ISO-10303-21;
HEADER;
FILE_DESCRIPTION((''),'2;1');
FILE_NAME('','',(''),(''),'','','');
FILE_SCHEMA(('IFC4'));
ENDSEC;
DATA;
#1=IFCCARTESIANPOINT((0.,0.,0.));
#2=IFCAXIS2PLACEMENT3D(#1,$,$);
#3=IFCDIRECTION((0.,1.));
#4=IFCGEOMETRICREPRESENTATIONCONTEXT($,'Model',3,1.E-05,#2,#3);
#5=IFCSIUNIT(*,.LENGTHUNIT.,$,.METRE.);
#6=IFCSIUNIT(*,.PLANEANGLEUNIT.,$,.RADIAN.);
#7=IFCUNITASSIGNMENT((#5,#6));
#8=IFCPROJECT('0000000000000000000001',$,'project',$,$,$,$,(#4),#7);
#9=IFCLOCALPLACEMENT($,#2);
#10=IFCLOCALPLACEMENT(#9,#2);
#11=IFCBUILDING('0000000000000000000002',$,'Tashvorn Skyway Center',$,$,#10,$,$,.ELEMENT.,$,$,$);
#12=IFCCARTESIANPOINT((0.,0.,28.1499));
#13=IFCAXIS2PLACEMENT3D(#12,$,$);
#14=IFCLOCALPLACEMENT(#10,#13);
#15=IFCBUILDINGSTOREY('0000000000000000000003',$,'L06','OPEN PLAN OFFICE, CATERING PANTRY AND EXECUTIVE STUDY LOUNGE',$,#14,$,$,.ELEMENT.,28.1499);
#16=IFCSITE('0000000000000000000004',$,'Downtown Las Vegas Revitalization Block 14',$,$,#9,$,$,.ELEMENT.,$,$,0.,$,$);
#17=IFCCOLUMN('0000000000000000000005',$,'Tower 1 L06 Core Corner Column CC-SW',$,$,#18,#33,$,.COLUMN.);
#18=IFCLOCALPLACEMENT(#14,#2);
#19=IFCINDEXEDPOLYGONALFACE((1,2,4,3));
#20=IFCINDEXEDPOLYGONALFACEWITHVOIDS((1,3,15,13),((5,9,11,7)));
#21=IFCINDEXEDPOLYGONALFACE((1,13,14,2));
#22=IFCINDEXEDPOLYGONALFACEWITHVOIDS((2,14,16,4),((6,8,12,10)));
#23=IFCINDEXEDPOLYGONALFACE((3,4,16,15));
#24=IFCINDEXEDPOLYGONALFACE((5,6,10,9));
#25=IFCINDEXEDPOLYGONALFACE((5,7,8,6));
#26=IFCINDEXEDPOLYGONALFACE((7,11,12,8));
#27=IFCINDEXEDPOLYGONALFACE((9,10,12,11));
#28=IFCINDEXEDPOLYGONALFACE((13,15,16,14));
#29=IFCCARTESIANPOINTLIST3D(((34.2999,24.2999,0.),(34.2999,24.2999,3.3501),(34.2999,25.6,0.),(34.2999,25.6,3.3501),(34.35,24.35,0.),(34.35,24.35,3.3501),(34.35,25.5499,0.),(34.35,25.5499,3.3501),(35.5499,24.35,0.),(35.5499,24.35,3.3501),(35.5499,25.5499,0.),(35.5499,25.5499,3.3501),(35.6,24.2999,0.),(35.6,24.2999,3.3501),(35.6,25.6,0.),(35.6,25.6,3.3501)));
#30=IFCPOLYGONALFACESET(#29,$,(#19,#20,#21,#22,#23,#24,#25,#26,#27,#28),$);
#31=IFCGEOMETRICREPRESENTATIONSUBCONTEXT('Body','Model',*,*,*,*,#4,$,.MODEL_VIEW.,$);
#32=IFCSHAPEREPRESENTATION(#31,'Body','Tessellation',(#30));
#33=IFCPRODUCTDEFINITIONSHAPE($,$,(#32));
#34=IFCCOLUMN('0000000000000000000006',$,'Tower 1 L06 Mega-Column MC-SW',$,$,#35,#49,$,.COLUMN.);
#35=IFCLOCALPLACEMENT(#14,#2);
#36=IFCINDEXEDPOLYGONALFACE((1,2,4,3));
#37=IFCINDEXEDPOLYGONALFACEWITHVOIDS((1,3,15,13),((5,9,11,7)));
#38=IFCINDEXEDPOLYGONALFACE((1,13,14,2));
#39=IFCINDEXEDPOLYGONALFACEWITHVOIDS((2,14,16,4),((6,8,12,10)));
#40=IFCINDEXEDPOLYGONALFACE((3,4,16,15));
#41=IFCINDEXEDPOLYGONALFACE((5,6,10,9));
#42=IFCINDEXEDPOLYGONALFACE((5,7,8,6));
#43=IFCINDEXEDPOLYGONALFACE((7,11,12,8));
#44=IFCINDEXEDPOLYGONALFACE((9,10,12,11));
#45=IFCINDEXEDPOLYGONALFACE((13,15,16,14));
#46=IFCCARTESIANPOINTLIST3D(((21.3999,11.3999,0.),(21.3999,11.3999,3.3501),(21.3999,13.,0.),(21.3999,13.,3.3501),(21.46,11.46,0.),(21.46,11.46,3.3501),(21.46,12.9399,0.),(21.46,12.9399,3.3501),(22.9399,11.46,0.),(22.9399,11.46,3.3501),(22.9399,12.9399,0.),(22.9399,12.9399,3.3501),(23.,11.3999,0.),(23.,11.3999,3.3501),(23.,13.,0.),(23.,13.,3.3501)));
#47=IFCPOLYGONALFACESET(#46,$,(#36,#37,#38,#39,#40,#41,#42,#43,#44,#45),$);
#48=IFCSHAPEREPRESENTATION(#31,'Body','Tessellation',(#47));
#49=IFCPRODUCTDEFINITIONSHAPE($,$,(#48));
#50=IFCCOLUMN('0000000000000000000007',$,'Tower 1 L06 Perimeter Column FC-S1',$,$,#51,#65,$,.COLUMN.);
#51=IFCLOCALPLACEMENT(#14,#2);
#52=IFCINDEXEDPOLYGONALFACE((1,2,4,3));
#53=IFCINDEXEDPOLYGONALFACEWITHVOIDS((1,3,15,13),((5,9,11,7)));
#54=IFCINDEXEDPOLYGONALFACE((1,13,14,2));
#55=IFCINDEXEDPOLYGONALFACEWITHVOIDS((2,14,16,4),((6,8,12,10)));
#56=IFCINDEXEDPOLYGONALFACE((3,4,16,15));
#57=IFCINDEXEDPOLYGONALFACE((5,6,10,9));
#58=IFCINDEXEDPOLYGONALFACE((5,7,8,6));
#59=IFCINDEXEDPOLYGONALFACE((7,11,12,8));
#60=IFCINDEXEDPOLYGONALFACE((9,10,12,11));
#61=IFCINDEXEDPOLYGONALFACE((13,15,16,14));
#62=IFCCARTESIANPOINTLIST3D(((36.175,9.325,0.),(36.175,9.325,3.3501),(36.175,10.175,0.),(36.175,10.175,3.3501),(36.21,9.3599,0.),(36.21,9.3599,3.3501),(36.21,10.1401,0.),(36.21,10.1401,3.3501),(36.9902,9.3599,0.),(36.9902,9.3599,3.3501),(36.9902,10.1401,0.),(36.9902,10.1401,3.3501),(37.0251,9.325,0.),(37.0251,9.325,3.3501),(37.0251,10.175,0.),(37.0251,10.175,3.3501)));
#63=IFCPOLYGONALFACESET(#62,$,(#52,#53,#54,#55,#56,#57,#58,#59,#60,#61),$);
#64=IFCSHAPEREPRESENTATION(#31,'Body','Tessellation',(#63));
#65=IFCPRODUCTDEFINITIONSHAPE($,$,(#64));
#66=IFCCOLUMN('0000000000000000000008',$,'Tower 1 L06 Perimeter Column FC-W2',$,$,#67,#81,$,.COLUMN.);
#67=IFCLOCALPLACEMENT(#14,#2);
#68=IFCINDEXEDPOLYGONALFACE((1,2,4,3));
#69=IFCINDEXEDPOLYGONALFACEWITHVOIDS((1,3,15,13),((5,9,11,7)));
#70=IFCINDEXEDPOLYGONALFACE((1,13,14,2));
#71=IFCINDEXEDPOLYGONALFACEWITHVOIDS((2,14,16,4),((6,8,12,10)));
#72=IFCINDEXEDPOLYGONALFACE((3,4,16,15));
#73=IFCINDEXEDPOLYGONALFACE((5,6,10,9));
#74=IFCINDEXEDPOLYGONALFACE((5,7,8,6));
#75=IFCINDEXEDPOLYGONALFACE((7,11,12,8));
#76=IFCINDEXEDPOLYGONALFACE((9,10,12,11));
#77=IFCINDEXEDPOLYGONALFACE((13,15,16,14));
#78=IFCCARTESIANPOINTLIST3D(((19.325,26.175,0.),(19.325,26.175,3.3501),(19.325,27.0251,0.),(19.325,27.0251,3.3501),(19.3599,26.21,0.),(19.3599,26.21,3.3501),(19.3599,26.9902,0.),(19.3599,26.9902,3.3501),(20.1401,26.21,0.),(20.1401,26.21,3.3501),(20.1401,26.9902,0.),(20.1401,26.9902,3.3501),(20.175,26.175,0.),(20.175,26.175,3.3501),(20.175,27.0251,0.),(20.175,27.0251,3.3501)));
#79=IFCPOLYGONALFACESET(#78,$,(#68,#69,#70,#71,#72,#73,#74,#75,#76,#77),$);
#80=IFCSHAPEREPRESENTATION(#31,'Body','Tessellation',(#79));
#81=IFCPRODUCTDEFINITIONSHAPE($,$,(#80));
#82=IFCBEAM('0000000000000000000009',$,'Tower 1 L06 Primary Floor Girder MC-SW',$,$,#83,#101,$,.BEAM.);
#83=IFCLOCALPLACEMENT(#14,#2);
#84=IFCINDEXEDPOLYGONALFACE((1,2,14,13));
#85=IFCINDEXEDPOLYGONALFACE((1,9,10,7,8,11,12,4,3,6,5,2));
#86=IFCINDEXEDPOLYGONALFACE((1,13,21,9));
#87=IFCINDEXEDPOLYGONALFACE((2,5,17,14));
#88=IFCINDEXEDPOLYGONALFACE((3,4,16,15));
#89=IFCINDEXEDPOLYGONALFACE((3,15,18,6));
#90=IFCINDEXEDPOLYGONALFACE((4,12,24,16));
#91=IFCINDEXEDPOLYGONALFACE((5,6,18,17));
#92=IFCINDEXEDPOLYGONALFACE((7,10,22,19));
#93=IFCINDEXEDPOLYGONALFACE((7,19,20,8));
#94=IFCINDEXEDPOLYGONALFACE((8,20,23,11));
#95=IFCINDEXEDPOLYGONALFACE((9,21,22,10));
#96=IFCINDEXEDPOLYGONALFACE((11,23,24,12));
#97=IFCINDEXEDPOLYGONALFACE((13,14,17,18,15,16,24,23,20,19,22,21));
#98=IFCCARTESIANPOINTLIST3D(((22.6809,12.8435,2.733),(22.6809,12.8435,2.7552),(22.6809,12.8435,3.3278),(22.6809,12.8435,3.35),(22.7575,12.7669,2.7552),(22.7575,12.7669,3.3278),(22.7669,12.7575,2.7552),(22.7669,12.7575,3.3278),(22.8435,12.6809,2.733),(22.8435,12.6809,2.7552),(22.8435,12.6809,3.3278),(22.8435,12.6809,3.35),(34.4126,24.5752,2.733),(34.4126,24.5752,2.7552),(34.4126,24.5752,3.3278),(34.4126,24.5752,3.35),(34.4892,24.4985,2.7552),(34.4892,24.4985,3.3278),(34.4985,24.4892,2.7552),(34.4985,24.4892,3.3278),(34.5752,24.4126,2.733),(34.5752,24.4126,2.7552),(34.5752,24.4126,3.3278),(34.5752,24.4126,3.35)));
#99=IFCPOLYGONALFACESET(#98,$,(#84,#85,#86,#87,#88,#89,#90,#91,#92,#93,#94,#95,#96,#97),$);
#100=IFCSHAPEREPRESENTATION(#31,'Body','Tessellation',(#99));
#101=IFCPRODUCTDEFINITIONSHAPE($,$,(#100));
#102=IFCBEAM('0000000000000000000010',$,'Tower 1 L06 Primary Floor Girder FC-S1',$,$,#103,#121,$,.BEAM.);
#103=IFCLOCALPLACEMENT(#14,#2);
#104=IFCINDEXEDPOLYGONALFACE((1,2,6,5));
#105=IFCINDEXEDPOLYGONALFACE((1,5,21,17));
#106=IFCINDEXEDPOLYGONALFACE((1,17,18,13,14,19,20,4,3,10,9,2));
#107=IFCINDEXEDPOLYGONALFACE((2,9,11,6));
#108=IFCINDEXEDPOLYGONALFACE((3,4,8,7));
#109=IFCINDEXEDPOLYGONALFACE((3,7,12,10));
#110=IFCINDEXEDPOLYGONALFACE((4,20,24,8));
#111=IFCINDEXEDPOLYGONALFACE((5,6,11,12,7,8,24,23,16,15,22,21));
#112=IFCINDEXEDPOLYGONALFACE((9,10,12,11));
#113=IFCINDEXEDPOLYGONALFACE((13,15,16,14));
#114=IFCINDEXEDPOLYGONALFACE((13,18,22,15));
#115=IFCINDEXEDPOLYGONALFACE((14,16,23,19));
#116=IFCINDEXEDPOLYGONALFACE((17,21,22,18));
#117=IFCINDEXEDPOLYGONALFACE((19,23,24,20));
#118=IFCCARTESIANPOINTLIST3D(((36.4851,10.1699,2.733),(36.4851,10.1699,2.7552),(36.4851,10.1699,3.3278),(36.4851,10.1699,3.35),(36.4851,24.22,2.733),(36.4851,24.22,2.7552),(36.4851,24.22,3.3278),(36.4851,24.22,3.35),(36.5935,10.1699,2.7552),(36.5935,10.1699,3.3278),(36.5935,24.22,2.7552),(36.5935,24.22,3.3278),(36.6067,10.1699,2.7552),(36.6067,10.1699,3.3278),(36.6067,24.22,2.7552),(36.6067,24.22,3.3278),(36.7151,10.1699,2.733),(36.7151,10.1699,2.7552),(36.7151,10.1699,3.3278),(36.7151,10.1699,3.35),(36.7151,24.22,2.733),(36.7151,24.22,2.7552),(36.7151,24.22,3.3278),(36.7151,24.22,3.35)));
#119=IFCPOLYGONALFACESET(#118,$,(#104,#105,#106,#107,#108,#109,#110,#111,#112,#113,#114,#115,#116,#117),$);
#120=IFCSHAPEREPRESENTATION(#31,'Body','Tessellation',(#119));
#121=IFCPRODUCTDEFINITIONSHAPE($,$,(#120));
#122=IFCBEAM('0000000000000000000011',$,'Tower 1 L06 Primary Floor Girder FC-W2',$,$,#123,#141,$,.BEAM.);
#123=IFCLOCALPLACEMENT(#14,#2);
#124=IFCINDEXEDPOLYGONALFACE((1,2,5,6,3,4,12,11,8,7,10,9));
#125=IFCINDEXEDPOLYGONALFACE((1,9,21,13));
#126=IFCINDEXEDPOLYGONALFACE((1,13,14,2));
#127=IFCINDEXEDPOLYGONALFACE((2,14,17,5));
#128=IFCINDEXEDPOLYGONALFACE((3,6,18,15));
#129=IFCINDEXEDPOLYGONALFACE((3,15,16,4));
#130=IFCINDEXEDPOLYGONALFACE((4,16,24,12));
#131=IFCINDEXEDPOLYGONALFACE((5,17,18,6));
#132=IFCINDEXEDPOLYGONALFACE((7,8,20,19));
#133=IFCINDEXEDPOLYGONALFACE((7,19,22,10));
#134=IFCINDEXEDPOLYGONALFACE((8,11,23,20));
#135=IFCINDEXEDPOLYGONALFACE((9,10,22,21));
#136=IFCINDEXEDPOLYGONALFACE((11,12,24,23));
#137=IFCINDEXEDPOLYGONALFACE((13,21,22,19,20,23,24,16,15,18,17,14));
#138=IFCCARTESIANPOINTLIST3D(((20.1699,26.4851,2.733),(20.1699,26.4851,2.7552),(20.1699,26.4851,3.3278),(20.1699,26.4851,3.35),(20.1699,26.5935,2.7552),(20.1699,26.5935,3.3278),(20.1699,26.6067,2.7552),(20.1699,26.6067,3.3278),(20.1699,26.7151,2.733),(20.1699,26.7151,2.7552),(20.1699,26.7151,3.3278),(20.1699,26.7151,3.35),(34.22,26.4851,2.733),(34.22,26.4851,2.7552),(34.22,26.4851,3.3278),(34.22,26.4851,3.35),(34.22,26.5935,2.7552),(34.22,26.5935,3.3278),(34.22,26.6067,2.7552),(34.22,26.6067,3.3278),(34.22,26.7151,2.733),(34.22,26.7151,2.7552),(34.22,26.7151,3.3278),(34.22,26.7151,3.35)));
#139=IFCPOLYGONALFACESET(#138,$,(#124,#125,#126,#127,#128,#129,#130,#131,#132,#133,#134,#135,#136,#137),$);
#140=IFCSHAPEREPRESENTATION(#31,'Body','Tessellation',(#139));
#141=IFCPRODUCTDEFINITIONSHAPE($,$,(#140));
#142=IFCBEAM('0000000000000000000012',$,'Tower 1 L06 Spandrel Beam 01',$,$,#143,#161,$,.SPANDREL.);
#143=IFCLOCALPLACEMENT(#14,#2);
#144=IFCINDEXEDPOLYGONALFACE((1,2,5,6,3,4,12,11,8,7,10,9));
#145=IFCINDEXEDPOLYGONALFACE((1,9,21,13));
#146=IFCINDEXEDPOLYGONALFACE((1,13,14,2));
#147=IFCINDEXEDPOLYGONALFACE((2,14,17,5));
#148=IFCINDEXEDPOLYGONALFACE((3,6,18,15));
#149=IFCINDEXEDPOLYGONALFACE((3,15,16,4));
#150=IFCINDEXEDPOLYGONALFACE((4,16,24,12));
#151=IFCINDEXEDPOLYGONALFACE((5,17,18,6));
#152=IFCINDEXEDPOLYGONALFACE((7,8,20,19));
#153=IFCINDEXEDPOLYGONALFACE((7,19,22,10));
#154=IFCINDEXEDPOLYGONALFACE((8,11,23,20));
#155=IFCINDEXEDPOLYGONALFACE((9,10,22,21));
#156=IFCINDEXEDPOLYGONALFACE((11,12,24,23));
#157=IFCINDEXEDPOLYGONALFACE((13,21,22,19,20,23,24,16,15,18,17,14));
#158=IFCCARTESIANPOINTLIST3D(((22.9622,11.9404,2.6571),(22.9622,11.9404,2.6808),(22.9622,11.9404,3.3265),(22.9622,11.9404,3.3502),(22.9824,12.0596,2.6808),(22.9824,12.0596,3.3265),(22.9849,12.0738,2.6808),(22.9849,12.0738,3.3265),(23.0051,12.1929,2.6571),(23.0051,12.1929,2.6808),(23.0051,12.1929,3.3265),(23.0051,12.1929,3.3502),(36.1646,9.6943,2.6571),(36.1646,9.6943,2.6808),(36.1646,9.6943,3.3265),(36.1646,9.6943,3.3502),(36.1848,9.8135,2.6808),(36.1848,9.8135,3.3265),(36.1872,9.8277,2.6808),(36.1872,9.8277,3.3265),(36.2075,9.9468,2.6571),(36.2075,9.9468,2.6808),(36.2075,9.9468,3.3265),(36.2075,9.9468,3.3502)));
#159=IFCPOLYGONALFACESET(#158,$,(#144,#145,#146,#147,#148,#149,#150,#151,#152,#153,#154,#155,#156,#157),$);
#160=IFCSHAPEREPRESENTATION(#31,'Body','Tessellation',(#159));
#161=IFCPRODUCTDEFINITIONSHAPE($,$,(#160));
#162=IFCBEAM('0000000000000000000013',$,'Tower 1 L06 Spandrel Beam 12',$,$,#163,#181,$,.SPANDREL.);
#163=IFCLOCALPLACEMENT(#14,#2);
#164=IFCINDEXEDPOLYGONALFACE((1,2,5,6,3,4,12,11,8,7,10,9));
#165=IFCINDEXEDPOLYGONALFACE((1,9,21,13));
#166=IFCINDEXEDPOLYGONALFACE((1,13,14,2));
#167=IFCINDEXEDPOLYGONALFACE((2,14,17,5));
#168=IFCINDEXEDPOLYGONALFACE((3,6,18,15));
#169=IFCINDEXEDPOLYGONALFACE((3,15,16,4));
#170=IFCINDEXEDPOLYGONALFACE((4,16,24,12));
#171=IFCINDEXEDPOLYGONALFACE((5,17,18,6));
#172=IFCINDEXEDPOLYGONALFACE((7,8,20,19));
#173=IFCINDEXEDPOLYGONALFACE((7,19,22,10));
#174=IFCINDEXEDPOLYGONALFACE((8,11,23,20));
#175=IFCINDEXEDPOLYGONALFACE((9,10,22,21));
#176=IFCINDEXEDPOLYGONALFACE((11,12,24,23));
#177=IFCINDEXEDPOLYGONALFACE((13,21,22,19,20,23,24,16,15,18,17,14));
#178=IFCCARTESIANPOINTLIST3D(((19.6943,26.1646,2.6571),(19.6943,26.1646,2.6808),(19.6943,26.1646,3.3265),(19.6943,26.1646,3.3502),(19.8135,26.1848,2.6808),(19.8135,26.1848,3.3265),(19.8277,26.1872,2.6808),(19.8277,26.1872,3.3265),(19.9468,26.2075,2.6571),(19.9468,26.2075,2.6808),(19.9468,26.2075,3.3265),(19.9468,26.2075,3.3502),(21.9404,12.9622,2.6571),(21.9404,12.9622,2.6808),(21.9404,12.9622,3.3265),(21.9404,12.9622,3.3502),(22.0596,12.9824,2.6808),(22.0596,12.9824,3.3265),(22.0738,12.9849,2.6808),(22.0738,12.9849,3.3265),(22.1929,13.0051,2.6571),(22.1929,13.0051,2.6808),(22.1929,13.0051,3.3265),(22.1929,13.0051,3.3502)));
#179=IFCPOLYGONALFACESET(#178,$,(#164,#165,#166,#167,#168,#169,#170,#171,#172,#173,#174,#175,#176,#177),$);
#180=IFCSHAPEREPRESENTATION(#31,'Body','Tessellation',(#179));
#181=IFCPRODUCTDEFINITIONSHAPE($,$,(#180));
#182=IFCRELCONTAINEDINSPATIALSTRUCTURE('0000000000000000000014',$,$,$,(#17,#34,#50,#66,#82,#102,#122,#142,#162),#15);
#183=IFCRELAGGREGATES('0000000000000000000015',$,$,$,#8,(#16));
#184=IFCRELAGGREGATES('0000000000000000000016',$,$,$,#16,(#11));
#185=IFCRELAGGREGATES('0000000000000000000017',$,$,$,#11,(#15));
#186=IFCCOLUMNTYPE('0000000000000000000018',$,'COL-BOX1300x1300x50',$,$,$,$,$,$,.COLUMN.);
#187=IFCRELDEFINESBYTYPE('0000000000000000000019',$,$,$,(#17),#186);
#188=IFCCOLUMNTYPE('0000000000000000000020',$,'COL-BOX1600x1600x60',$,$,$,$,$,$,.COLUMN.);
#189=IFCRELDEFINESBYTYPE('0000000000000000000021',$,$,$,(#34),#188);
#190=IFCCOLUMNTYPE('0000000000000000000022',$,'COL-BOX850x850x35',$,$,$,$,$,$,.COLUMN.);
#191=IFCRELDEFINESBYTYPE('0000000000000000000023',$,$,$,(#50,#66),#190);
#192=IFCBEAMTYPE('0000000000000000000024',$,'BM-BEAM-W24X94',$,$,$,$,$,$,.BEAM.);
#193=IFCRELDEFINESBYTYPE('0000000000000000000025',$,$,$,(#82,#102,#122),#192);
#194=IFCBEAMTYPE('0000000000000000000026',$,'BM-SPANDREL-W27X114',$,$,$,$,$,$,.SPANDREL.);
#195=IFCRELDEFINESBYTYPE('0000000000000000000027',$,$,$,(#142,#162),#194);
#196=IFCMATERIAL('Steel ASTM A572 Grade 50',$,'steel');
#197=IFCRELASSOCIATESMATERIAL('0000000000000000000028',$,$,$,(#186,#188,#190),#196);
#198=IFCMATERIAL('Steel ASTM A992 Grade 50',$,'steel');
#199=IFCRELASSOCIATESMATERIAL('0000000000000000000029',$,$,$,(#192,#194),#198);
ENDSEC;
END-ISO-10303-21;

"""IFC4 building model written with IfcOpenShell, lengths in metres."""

from ifc_helpers import new_model, si_unit, direction, frame, origin, origin_2d, place, context, subcontext, project, spatial, hollow_rectangle, i_section, extrude, material, material_profile, profile_set, type_object, element, save


model = new_model("IFC4")

# Units and contexts
model_context = context("Model", 3, precision=1e-05, world=origin(), true_north=direction((0.0, 1.0)))
body_context = subcontext(model_context, "Body", "Model", "MODEL_VIEW")
ifc_project = project(units=[si_unit("LENGTHUNIT", "METRE"), si_unit("PLANEANGLEUNIT", "RADIAN")], contexts=[model_context])

# Site, building, storey
site_placement = place(None, origin())
site = spatial("IfcSite", under=ifc_project, at=site_placement, Name="Downtown Las Vegas Revitalization Block 14", CompositionType="ELEMENT", RefElevation=0.0)
building_placement = place(site_placement, origin())
building = spatial("IfcBuilding", under=site, at=building_placement, Name="Tashvorn Skyway Center", CompositionType="ELEMENT")
storey_placement = place(building_placement, frame((0.0, 0.0, 28.1499)))
storey = spatial("IfcBuildingStorey", under=building, at=storey_placement, Name="L06", Description="OPEN PLAN OFFICE, CATERING PANTRY AND EXECUTIVE STUDY LOUNGE", CompositionType="ELEMENT", Elevation=28.1499)

# Columns
ifc_material_1 = material(Name="Steel ASTM A572 Grade 50", Category="steel")
ifc_material_profile_1 = material_profile(ifc_material_1, hollow_rectangle(XDim=1.3, YDim=1.3, WallThickness=0.05, at=origin_2d()), Name="BOX1300x1300x50")
ifc_profile_set_1 = profile_set([ifc_material_profile_1], Name="Steel ASTM A572 Grade 50")
column_type_1 = type_object("IfcColumnType", Name="COL-BOX1300x1300x50", PredefinedType="COLUMN", material=ifc_profile_set_1)
column_1_placement = place(storey_placement, frame((34.95, 24.95, 0.0), z_axis=(0.0, 0.0, 1.0), x_axis=(1.0, 0.0, 0.0)))
element("IfcColumn", 1, at=column_1_placement, inside=storey, type_object=column_type_1, Name="Tower 1 L06 Core Corner Column CC-SW", PredefinedType="COLUMN", context=body_context, shape_type="SweptSolid", body=[
    extrude(hollow_rectangle(XDim=1.3, YDim=1.3, WallThickness=0.05, at=origin_2d()), origin(), (0.0, 0.0, 1.0), 3.3501),
])
ifc_material_profile_2 = material_profile(ifc_material_1, hollow_rectangle(XDim=1.6001, YDim=1.6001, WallThickness=0.0601, at=origin_2d()), Name="BOX1600x1600x60")
ifc_profile_set_2 = profile_set([ifc_material_profile_2], Name="Steel ASTM A572 Grade 50")
column_type_2 = type_object("IfcColumnType", Name="COL-BOX1600x1600x60", PredefinedType="COLUMN", material=ifc_profile_set_2)
column_2_placement = place(storey_placement, frame((22.2, 12.2, 0.0), z_axis=(0.0, 0.0, 1.0), x_axis=(1.0, 0.0, 0.0)))
element("IfcColumn", 2, at=column_2_placement, inside=storey, type_object=column_type_2, Name="Tower 1 L06 Mega-Column MC-SW", PredefinedType="COLUMN", context=body_context, shape_type="SweptSolid", body=[
    extrude(hollow_rectangle(XDim=1.6001, YDim=1.6001, WallThickness=0.0601, at=origin_2d()), origin(), (0.0, 0.0, 1.0), 3.3501),
])
ifc_material_profile_3 = material_profile(ifc_material_1, hollow_rectangle(XDim=0.8501, YDim=0.8501, WallThickness=0.0349, at=origin_2d()), Name="BOX850x850x35")
ifc_profile_set_3 = profile_set([ifc_material_profile_3], Name="Steel ASTM A572 Grade 50")
column_type_3 = type_object("IfcColumnType", Name="COL-BOX850x850x35", PredefinedType="COLUMN", material=ifc_profile_set_3)
for number, where, z_axis, x_axis, name in (
    (3, (36.6001, 9.75, 0.0), (0.0, 0.0, 1.0), (1.0, 0.0, 0.0), "Tower 1 L06 Perimeter Column FC-S1"),
    (4, (19.75, 26.6001, 0.0), (0.0, 0.0, 1.0), (1.0, 0.0, 0.0), "Tower 1 L06 Perimeter Column FC-W2"),
):
    element("IfcColumn", number, at=place(storey_placement, frame(where, z_axis=z_axis, x_axis=x_axis)), inside=storey, type_object=column_type_3, Name=name, PredefinedType="COLUMN", context=body_context, shape_type="SweptSolid", body=[
        extrude(hollow_rectangle(XDim=0.8501, YDim=0.8501, WallThickness=0.0349, at=origin_2d()), origin(), (0.0, 0.0, 1.0), 3.3501),
    ])

# Beams
ifc_material_2 = material(Name="Steel ASTM A992 Grade 50", Category="steel")
ifc_material_profile_4 = material_profile(ifc_material_2, i_section(OverallWidth=0.23, OverallDepth=0.6169, WebThickness=0.0132, FlangeThickness=0.0222, at=origin_2d()), Name="W24X94")
ifc_profile_set_4 = profile_set([ifc_material_profile_4], Name="Steel ASTM A992 Grade 50")
beam_type_1 = type_object("IfcBeamType", Name="BM-BEAM-W24X94", PredefinedType="BEAM", material=ifc_profile_set_4)
beam_placement = place(storey_placement, frame((22.7622, 12.7622, 3.0415), z_axis=(0.707107, 0.707107, 0.0), x_axis=(-0.707107, 0.707107, 0.0)))
element("IfcBeam", 5, at=beam_placement, inside=storey, type_object=beam_type_1, Name="Tower 1 L06 Primary Floor Girder MC-SW", PredefinedType="BEAM", context=body_context, shape_type="SweptSolid", body=[
    extrude(i_section(OverallWidth=0.23, OverallDepth=0.6169, WebThickness=0.0132, FlangeThickness=0.0222, at=origin_2d()), origin(), (0.0, 0.0, 1.0), 16.5911),
])
for number, where, z_axis, x_axis, name in (
    (6, (36.6001, 10.1699, 3.0415), (0.0, 1.0, 0.0), (-1.0, 0.0, 0.0), "Tower 1 L06 Primary Floor Girder FC-S1"),
    (7, (20.1699, 26.6001, 3.0415), (1.0, 0.0, 0.0), (0.0, 1.0, 0.0), "Tower 1 L06 Primary Floor Girder FC-W2"),
):
    element("IfcBeam", number, at=place(storey_placement, frame(where, z_axis=z_axis, x_axis=x_axis)), inside=storey, type_object=beam_type_1, Name=name, PredefinedType="BEAM", context=body_context, shape_type="SweptSolid", body=[
        extrude(i_section(OverallWidth=0.23, OverallDepth=0.6169, WebThickness=0.0132, FlangeThickness=0.0222, at=origin_2d()), origin(), (0.0, 0.0, 1.0), 14.05),
    ])
ifc_material_profile_5 = material_profile(ifc_material_2, i_section(OverallWidth=0.2561, OverallDepth=0.6931, WebThickness=0.0144, FlangeThickness=0.0237, at=origin_2d()), Name="W27X114")
ifc_profile_set_5 = profile_set([ifc_material_profile_5], Name="Steel ASTM A992 Grade 50")
beam_type_2 = type_object("IfcBeamType", Name="BM-SPANDREL-W27X114", PredefinedType="SPANDREL", material=ifc_profile_set_5)
for number, where, z_axis, x_axis, name in (
    (8, (22.9836, 12.0667, 3.0037), (0.985835, -0.167718, 0.0), (0.167718, 0.985835, 0.0), "Tower 1 L06 Spandrel Beam 01"),
    (9, (19.8206, 26.186, 3.0037), (0.167718, -0.985835, 0.0), (0.985835, 0.167718, 0.0), "Tower 1 L06 Spandrel Beam 12"),
):
    element("IfcBeam", number, at=place(storey_placement, frame(where, z_axis=z_axis, x_axis=x_axis)), inside=storey, type_object=beam_type_2, Name=name, PredefinedType="SPANDREL", context=body_context, shape_type="SweptSolid", body=[
        extrude(i_section(OverallWidth=0.2561, OverallDepth=0.6931, WebThickness=0.0144, FlangeThickness=0.0237, at=origin_2d()), origin(), (0.0, 0.0, 1.0), 13.3921),
    ])

save(model, "model.ifc")
